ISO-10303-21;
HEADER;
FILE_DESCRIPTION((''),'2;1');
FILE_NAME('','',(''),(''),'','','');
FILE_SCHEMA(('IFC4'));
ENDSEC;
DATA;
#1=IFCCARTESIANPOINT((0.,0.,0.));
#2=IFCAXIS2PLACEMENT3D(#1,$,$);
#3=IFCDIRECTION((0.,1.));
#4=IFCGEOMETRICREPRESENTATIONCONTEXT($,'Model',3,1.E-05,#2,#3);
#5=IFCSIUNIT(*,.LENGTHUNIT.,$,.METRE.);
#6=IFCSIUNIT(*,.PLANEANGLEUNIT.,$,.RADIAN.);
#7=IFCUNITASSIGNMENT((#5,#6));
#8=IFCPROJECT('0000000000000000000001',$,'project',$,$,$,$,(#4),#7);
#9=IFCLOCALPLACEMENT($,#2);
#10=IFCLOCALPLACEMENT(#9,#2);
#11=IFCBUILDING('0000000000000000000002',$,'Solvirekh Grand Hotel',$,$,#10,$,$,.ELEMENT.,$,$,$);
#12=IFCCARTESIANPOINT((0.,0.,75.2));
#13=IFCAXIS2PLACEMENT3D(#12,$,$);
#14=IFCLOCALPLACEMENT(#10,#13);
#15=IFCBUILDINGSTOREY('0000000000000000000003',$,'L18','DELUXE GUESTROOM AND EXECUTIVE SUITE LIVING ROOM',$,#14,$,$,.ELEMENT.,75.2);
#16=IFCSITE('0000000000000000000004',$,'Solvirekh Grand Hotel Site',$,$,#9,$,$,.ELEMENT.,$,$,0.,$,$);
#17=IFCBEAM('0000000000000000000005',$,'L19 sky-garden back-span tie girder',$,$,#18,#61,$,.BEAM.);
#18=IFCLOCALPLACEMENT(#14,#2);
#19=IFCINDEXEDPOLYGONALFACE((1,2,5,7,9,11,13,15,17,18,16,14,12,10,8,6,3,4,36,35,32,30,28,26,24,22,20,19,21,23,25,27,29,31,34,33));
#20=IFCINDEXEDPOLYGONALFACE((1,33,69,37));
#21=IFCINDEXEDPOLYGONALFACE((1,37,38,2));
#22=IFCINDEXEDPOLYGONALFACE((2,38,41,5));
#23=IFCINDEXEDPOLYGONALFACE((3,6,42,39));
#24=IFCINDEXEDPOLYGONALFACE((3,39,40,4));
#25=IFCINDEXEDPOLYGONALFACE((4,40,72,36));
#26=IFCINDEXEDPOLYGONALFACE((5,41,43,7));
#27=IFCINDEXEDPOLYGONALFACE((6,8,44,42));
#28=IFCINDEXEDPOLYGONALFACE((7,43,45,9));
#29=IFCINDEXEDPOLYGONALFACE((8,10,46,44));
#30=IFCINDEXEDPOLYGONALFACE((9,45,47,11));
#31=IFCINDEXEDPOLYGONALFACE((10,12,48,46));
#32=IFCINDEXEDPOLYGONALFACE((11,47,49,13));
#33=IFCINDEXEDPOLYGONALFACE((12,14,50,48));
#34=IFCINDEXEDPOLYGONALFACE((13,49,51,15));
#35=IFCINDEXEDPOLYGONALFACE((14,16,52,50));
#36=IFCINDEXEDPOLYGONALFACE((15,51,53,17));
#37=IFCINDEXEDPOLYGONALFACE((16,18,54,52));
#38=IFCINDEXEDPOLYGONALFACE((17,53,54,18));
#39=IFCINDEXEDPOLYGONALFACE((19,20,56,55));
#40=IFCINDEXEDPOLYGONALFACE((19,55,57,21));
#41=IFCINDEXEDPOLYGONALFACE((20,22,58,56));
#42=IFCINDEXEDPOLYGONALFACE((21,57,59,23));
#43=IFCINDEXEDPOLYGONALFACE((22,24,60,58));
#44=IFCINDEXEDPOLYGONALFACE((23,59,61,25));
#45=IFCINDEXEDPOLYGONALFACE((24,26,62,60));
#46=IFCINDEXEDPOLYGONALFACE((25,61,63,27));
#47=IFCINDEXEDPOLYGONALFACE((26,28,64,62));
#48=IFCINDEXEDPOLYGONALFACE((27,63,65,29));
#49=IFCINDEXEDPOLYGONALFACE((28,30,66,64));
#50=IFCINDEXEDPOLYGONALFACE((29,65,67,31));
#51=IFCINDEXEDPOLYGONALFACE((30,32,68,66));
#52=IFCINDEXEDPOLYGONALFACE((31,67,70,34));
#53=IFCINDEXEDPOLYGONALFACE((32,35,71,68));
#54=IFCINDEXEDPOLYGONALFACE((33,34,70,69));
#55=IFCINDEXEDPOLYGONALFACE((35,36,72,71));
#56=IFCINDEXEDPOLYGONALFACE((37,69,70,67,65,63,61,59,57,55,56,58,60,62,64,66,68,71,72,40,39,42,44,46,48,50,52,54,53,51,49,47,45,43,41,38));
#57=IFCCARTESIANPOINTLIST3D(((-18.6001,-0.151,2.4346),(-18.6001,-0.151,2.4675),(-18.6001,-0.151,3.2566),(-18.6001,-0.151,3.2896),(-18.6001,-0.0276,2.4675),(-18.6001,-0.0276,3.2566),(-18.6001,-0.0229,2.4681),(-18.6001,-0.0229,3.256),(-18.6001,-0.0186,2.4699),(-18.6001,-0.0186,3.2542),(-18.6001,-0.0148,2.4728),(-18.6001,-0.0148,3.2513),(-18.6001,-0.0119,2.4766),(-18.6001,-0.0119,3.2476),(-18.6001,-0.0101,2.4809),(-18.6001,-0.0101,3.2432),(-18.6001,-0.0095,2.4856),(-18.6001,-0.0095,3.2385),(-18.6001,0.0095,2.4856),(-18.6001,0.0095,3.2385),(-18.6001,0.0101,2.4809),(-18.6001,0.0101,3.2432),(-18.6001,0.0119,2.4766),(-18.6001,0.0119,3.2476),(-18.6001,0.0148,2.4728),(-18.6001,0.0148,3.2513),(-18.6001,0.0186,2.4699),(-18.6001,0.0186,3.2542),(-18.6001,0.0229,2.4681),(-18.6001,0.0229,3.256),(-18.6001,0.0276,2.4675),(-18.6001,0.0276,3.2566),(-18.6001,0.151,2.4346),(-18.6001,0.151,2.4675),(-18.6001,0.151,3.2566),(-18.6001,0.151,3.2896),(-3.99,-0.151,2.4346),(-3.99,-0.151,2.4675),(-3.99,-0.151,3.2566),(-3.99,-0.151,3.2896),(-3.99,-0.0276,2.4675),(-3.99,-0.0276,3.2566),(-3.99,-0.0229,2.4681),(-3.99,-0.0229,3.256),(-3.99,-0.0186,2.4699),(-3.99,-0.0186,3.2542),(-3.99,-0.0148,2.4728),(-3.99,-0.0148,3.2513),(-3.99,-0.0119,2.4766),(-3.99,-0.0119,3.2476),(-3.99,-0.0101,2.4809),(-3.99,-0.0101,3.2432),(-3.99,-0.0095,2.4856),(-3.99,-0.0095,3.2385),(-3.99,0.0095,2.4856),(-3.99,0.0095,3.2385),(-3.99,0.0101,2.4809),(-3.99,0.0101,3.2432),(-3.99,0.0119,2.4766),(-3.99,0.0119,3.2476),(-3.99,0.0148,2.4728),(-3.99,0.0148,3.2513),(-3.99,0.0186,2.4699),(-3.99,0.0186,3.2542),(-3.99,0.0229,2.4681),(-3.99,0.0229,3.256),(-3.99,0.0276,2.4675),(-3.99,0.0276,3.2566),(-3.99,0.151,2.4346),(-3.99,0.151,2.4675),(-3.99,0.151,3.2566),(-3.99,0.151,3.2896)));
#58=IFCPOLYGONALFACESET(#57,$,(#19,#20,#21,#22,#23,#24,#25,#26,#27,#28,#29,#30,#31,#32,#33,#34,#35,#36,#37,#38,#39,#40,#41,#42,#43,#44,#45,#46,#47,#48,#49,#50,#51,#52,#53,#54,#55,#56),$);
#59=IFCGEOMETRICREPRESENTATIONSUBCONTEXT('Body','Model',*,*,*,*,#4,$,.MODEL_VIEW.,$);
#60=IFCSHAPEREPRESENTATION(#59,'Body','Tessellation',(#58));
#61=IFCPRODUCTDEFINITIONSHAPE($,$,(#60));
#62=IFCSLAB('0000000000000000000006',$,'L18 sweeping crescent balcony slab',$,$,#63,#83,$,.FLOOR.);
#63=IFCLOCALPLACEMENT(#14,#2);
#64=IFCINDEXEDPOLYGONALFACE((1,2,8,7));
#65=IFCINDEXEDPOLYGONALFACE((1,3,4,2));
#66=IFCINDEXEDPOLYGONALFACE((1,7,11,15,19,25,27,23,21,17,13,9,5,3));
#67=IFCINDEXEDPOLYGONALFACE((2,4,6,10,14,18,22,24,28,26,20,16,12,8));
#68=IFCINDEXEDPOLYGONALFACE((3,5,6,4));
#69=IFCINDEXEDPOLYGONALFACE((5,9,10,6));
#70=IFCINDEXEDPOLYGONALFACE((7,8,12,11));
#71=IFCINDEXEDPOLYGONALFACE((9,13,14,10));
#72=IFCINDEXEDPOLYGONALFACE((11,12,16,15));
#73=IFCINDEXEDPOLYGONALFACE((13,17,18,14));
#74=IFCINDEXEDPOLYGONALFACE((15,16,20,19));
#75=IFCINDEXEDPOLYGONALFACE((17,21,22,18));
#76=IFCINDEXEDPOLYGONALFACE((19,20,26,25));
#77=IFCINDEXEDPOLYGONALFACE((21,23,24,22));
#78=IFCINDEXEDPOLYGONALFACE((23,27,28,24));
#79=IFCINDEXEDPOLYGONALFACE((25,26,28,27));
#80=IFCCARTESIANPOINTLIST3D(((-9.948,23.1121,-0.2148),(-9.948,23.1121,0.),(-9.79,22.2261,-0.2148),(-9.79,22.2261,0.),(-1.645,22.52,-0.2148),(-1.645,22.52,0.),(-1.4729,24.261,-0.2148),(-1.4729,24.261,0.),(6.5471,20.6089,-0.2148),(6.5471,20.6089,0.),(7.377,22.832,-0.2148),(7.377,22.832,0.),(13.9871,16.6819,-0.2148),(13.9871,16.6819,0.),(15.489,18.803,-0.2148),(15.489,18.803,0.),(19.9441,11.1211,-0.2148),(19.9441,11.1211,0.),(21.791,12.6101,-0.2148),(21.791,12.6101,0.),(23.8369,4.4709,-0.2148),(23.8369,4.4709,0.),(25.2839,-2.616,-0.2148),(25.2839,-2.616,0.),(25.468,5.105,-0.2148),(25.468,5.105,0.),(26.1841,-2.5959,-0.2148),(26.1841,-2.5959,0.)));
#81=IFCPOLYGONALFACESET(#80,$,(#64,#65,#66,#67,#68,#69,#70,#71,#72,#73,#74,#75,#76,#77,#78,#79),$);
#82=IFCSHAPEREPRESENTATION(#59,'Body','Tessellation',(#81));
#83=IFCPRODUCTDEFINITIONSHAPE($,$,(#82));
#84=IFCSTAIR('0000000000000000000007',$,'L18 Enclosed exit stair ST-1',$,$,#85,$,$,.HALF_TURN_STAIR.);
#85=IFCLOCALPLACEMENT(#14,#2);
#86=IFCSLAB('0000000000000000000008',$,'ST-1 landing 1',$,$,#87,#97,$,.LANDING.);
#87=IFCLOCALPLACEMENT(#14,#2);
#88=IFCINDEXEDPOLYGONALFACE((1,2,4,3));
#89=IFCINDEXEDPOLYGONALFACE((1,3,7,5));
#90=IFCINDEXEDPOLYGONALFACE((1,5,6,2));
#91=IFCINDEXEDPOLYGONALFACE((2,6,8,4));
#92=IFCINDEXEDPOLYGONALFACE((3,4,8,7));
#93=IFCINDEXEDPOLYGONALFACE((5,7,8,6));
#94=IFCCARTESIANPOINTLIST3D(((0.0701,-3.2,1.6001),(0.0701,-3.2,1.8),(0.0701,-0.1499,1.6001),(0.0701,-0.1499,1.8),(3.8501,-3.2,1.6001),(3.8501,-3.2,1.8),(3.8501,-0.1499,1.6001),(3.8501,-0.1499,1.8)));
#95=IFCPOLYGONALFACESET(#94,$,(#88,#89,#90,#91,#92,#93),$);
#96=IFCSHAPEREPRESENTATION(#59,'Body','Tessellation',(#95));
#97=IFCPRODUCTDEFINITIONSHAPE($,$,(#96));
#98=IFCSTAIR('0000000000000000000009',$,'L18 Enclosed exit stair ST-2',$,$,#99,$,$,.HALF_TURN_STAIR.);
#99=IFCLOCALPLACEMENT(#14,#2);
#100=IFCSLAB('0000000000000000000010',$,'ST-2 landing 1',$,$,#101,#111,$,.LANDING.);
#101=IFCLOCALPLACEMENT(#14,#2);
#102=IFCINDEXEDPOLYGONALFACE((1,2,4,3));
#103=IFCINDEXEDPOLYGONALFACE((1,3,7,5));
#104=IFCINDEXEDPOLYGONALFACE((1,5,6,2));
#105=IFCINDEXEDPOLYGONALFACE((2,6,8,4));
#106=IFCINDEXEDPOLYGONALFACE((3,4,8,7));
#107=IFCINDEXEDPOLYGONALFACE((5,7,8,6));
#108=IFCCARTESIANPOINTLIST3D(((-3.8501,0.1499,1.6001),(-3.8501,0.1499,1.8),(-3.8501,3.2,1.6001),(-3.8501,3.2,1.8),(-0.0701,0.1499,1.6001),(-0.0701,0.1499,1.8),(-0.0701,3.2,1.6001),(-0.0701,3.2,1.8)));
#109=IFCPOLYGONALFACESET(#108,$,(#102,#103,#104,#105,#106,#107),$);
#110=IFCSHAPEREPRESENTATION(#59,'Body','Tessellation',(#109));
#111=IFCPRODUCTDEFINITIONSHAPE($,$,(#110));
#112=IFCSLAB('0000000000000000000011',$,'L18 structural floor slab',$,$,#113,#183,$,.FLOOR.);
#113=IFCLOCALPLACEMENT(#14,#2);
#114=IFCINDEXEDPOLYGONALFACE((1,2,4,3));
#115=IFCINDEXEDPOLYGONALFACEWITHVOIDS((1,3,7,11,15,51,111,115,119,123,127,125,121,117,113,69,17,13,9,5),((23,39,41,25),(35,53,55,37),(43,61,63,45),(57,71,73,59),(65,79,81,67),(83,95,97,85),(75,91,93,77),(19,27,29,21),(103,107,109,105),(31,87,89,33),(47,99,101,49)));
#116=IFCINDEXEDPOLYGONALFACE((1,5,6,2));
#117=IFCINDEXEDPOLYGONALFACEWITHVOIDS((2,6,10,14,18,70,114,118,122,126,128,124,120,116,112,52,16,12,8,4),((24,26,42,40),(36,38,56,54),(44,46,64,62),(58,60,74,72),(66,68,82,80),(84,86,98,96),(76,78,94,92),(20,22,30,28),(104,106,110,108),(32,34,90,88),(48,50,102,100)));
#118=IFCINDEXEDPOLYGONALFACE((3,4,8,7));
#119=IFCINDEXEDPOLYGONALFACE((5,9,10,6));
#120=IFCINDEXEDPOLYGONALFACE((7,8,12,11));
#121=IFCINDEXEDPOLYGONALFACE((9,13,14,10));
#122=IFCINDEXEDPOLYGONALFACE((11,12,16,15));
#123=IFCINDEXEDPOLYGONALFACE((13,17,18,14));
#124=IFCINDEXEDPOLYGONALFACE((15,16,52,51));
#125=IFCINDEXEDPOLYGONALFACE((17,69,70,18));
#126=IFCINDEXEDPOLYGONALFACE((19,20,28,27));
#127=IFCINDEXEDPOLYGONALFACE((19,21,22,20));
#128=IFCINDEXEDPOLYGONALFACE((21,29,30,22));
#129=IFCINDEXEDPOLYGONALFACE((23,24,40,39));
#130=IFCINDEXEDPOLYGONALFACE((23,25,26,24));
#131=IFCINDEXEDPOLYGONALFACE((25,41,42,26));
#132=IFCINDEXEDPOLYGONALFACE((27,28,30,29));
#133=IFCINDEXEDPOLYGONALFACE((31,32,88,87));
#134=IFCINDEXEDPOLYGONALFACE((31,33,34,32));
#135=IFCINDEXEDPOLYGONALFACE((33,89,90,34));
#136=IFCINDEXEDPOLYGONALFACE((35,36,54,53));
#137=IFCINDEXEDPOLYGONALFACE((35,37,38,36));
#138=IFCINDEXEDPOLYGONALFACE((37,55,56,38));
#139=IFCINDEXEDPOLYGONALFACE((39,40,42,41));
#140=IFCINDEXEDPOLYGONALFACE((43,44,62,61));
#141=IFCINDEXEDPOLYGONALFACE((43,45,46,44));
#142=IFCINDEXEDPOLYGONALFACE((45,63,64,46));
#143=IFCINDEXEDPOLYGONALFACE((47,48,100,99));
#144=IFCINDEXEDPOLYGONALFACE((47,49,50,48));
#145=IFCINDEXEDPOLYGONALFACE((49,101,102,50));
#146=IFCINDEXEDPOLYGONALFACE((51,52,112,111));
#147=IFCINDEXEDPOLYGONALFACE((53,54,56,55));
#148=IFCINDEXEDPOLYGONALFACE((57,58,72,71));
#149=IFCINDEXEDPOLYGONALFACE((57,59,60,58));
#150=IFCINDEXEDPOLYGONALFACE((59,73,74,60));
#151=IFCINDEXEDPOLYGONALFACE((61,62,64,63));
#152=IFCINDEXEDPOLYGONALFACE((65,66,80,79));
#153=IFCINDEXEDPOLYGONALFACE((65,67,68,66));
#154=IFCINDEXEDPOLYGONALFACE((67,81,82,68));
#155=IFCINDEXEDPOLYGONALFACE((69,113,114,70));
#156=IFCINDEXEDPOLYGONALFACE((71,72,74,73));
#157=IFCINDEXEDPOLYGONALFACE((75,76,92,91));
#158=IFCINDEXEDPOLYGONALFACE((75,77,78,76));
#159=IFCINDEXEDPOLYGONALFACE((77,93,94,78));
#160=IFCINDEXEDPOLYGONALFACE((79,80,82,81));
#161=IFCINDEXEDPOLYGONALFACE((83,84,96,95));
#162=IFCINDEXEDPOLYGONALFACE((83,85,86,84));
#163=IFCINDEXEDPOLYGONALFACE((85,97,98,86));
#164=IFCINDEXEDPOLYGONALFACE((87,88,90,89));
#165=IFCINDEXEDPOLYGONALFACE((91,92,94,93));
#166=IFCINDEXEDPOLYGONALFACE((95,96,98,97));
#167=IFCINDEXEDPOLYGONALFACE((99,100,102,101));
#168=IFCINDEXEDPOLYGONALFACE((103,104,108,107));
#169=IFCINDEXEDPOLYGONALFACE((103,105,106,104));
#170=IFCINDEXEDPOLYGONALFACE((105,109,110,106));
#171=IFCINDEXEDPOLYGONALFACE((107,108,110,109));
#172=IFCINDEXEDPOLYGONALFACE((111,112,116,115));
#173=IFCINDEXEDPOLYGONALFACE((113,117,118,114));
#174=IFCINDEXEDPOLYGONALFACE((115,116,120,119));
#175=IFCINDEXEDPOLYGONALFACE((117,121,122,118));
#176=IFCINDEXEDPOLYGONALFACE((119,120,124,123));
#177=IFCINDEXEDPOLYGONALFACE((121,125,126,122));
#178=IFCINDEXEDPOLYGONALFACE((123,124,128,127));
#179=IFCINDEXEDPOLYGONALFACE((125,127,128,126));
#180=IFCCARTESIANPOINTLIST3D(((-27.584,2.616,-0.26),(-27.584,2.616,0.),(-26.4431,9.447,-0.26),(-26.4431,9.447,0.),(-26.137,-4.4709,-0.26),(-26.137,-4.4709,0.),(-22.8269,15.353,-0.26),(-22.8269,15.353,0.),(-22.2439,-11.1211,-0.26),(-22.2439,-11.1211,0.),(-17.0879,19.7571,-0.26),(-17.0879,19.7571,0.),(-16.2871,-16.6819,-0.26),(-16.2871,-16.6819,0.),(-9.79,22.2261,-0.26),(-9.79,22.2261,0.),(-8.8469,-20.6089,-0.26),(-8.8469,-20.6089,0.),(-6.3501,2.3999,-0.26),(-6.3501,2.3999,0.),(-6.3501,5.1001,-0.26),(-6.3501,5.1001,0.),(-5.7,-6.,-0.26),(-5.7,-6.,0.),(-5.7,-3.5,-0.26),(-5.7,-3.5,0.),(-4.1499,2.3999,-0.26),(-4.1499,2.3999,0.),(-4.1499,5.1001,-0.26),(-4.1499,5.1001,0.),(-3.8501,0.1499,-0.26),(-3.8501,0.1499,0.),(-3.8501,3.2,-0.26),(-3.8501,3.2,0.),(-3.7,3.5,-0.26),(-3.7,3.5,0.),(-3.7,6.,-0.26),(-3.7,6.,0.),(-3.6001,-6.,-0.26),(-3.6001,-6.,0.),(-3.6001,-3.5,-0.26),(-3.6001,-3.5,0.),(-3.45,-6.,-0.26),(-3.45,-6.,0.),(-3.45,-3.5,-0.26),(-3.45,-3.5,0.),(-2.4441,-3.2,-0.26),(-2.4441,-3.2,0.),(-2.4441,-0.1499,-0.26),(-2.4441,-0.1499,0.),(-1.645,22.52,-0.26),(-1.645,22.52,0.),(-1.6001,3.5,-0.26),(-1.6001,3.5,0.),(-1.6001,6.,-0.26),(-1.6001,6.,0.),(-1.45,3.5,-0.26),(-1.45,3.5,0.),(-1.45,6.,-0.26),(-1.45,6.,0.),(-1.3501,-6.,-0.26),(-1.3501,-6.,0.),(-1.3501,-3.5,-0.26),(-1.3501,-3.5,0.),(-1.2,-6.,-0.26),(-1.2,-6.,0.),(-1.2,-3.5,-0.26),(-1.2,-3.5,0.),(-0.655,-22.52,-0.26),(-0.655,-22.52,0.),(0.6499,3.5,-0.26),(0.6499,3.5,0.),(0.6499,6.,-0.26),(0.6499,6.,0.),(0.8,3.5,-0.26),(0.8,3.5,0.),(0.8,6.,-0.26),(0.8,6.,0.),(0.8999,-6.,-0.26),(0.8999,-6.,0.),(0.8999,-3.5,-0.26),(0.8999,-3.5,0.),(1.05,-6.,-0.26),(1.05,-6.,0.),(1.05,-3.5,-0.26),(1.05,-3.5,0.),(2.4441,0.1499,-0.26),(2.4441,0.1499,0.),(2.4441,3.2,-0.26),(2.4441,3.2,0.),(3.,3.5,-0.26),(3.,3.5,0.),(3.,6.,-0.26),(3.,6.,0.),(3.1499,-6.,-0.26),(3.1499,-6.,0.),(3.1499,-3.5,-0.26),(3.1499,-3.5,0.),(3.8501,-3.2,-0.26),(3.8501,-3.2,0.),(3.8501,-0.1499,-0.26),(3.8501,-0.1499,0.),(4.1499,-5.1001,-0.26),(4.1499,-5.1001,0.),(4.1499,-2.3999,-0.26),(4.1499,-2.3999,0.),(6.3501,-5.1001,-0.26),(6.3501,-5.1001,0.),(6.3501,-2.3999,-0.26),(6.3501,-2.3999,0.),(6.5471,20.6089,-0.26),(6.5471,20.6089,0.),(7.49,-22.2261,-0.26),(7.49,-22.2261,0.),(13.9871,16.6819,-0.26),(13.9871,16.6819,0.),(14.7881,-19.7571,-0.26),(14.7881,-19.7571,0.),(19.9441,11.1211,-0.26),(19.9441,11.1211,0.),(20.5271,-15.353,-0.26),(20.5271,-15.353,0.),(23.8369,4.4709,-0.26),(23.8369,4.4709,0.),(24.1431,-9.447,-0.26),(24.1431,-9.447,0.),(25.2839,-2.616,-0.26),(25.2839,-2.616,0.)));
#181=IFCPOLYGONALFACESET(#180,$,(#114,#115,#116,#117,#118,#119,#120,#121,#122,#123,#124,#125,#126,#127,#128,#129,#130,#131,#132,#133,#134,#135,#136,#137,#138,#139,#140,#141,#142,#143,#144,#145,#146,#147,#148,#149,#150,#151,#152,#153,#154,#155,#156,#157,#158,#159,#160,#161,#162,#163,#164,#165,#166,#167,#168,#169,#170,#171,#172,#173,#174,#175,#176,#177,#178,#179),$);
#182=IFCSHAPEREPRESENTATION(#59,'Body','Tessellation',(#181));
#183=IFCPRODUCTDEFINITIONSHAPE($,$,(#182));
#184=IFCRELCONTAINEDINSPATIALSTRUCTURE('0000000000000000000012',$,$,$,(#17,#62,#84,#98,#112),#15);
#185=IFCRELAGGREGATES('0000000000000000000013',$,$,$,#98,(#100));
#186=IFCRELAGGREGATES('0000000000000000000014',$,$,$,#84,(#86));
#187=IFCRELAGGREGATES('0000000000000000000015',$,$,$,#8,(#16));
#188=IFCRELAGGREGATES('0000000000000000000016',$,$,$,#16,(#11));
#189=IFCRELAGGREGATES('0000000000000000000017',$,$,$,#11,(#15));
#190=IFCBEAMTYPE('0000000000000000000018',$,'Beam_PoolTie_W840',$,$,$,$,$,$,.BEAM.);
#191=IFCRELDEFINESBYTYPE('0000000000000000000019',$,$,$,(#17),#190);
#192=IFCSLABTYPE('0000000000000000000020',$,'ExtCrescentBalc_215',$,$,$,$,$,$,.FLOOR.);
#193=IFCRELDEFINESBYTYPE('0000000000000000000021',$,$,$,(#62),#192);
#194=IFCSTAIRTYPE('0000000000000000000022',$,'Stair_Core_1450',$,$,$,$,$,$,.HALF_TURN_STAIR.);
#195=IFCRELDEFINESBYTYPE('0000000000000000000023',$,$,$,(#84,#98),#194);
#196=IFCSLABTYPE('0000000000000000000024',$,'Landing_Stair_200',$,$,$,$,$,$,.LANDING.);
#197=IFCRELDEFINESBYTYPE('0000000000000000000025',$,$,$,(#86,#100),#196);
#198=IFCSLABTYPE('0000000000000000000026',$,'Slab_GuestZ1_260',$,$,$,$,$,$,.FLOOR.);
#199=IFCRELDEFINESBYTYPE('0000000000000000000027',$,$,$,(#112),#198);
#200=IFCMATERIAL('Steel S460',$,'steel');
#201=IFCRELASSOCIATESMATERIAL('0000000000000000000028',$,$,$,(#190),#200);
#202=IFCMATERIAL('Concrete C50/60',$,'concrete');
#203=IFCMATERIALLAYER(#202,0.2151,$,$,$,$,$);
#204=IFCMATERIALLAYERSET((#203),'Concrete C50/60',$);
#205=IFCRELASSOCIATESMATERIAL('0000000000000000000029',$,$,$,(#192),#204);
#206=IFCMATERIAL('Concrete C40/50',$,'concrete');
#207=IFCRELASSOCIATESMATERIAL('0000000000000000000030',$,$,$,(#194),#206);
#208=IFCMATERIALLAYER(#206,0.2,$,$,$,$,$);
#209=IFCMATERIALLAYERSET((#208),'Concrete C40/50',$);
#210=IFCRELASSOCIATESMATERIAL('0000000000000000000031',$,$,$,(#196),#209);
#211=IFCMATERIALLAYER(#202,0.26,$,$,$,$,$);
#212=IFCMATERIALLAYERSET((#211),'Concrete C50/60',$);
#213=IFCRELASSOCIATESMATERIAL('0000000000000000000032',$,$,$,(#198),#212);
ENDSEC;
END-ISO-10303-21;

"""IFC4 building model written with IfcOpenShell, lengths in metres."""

from ifc_helpers import new_model, si_unit, direction, frame, origin, origin_2d, place, context, subcontext, project, spatial, polyline, i_section, outline, extrude, material, layer, layer_set, material_profile, profile_set, type_object, element, aggregate, save


model = new_model("IFC4")

# Units and contexts
model_context = context("Model", 3, precision=1e-05, world=origin(), true_north=direction((0.0, 1.0)))
body_context = subcontext(model_context, "Body", "Model", "MODEL_VIEW")
ifc_project = project(units=[si_unit("LENGTHUNIT", "METRE"), si_unit("PLANEANGLEUNIT", "RADIAN")], contexts=[model_context])

# Site, building, storey
site_placement = place(None, origin())
site = spatial("IfcSite", under=ifc_project, at=site_placement, Name="Solvirekh Grand Hotel Site", CompositionType="ELEMENT", RefElevation=0.0)
building_placement = place(site_placement, origin())
building = spatial("IfcBuilding", under=site, at=building_placement, Name="Solvirekh Grand Hotel", CompositionType="ELEMENT")
storey_placement = place(building_placement, frame((0.0, 0.0, 75.2)))
storey = spatial("IfcBuildingStorey", under=building, at=storey_placement, Name="L18", Description="DELUXE GUESTROOM AND EXECUTIVE SUITE LIVING ROOM", CompositionType="ELEMENT", Elevation=75.2)

# Beam
ifc_material_1 = material(Name="Steel S460", Category="steel")
ifc_material_profile = material_profile(ifc_material_1, i_section(OverallWidth=0.302, OverallDepth=0.855, WebThickness=0.019, FlangeThickness=0.033, FilletRadius=0.0181, at=origin_2d()), Name="W840X299")
ifc_profile_set = profile_set([ifc_material_profile], Name="Steel S460")
beam_type = type_object("IfcBeamType", Name="Beam_PoolTie_W840", PredefinedType="BEAM", material=ifc_profile_set)
beam_placement = place(storey_placement, frame((-3.99, 0.0, 2.8621), z_axis=(-1.0, 0.0, 0.0), x_axis=(0.0, -1.0, 0.0)))
element("IfcBeam", 1, at=beam_placement, inside=storey, type_object=beam_type, Name="L19 sky-garden back-span tie girder", PredefinedType="BEAM", context=body_context, shape_type="SweptSolid", body=[
    extrude(i_section(OverallWidth=0.302, OverallDepth=0.855, WebThickness=0.019, FlangeThickness=0.033, FilletRadius=0.0181, at=origin_2d()), origin(), (0.0, 0.0, 1.0), 14.6101),
])

# Slab
ifc_material_2 = material(Name="Concrete C50/60", Category="concrete")
ifc_layer_1 = layer(ifc_material_2, 0.2151)
ifc_layer_set_1 = layer_set([ifc_layer_1], Name="Concrete C50/60")
slab_type_1 = type_object("IfcSlabType", Name="ExtCrescentBalc_215", PredefinedType="FLOOR", material=ifc_layer_set_1)
slab_1_placement = place(storey_placement, frame((0.0, 0.0, -0.2148)))
element("IfcSlab", 2, at=slab_1_placement, inside=storey, type_object=slab_type_1, Name="L18 sweeping crescent balcony slab", PredefinedType="FLOOR", context=body_context, shape_type="SweptSolid", body=[
    extrude(outline(polyline([(26.1841, -2.5959), (25.468, 5.105), (21.791, 12.6101), (15.489, 18.803), (7.377, 22.832), (-1.4729, 24.261), (-9.948, 23.1121), (-9.79, 22.2261), (-1.645, 22.52), (6.5471, 20.6089), (13.9871, 16.6819), (19.9441, 11.1211), (23.8369, 4.4709), (25.2839, -2.616), (26.1841, -2.5959)])), origin(), (0.0, 0.0, 1.0), 0.2148),
])

# Stairs, slabs
ifc_material_3 = material(Name="Concrete C40/50", Category="concrete")
stair_type = type_object("IfcStairType", Name="Stair_Core_1450", PredefinedType="HALF_TURN_STAIR", material=ifc_material_3)
stair_1_placement = place(storey_placement, origin())
stair_1 = element("IfcStair", 3, at=stair_1_placement, inside=storey, type_object=stair_type, Name="L18 Enclosed exit stair ST-1", PredefinedType="HALF_TURN_STAIR")
ifc_layer_2 = layer(ifc_material_3, 0.2)
ifc_layer_set_2 = layer_set([ifc_layer_2], Name="Concrete C40/50")
slab_type_2 = type_object("IfcSlabType", Name="Landing_Stair_200", PredefinedType="LANDING", material=ifc_layer_set_2)
slab_2_placement = place(storey_placement, frame((0.0, 0.0, 1.6001)))
slab_2 = element("IfcSlab", 4, at=slab_2_placement, type_object=slab_type_2, Name="ST-1 landing 1", PredefinedType="LANDING", context=body_context, shape_type="SweptSolid", body=[
    extrude(outline(polyline([(0.0701, -3.2), (3.8501, -3.2), (3.8501, -0.1499), (0.0701, -0.1499), (0.0701, -3.2)])), origin(), (0.0, 0.0, 1.0), 0.2),
])
stair_2_placement = place(storey_placement, origin())
stair_2 = element("IfcStair", 5, at=stair_2_placement, inside=storey, type_object=stair_type, Name="L18 Enclosed exit stair ST-2", PredefinedType="HALF_TURN_STAIR")
slab_3_placement = place(storey_placement, frame((0.0, 0.0, 1.6001)))
slab_3 = element("IfcSlab", 6, at=slab_3_placement, type_object=slab_type_2, Name="ST-2 landing 1", PredefinedType="LANDING", context=body_context, shape_type="SweptSolid", body=[
    extrude(outline(polyline([(-0.0701, 3.2), (-3.8501, 3.2), (-3.8501, 0.1499), (-0.0701, 0.1499), (-0.0701, 3.2)])), origin(), (0.0, 0.0, 1.0), 0.2),
])
aggregate(stair_2, [slab_3])

# Slab
ifc_layer_3 = layer(ifc_material_2, 0.26)
ifc_layer_set_3 = layer_set([ifc_layer_3], Name="Concrete C50/60")
slab_type_3 = type_object("IfcSlabType", Name="Slab_GuestZ1_260", PredefinedType="FLOOR", material=ifc_layer_set_3)
slab_4_placement = place(storey_placement, frame((0.0, 0.0, -0.26)))
element("IfcSlab", 7, at=slab_4_placement, inside=storey, type_object=slab_type_3, Name="L18 structural floor slab", PredefinedType="FLOOR", context=body_context, shape_type="SweptSolid", body=[
    extrude(outline(polyline([(24.1431, -9.447), (25.2839, -2.616), (23.8369, 4.4709), (19.9441, 11.1211), (13.9871, 16.6819), (6.5471, 20.6089), (-1.645, 22.52), (-9.79, 22.2261), (-17.0879, 19.7571), (-22.8269, 15.353), (-26.4431, 9.447), (-27.584, 2.616), (-26.137, -4.4709), (-22.2439, -11.1211), (-16.2871, -16.6819), (-8.8469, -20.6089), (-0.655, -22.52), (7.49, -22.2261), (14.7881, -19.7571), (20.5271, -15.353), (24.1431, -9.447)]), holes=[polyline([(-2.4441, -0.1499), (3.8501, -0.1499), (3.8501, -3.2), (-2.4441, -3.2), (-2.4441, -0.1499)]), polyline([(2.4441, 0.1499), (-3.8501, 0.1499), (-3.8501, 3.2), (2.4441, 3.2), (2.4441, 0.1499)]), polyline([(-5.7, -3.5), (-3.6001, -3.5), (-3.6001, -6.0), (-5.7, -6.0), (-5.7, -3.5)]), polyline([(-3.45, -3.5), (-1.3501, -3.5), (-1.3501, -6.0), (-3.45, -6.0), (-3.45, -3.5)]), polyline([(-1.2, -3.5), (0.8999, -3.5), (0.8999, -6.0), (-1.2, -6.0), (-1.2, -3.5)]), polyline([(1.05, -3.5), (3.1499, -3.5), (3.1499, -6.0), (1.05, -6.0), (1.05, -3.5)]), polyline([(-3.7, 6.0), (-1.6001, 6.0), (-1.6001, 3.5), (-3.7, 3.5), (-3.7, 6.0)]), polyline([(-1.45, 6.0), (0.6499, 6.0), (0.6499, 3.5), (-1.45, 3.5), (-1.45, 6.0)]), polyline([(0.8, 6.0), (3.0, 6.0), (3.0, 3.5), (0.8, 3.5), (0.8, 6.0)]), polyline([(-6.3501, 5.1001), (-4.1499, 5.1001), (-4.1499, 2.3999), (-6.3501, 2.3999), (-6.3501, 5.1001)]), polyline([(4.1499, -2.3999), (6.3501, -2.3999), (6.3501, -5.1001), (4.1499, -5.1001), (4.1499, -2.3999)])]), origin(), (0.0, 0.0, 1.0), 0.26),
])

aggregate(stair_1, [slab_2])

save(model, "model.ifc")
